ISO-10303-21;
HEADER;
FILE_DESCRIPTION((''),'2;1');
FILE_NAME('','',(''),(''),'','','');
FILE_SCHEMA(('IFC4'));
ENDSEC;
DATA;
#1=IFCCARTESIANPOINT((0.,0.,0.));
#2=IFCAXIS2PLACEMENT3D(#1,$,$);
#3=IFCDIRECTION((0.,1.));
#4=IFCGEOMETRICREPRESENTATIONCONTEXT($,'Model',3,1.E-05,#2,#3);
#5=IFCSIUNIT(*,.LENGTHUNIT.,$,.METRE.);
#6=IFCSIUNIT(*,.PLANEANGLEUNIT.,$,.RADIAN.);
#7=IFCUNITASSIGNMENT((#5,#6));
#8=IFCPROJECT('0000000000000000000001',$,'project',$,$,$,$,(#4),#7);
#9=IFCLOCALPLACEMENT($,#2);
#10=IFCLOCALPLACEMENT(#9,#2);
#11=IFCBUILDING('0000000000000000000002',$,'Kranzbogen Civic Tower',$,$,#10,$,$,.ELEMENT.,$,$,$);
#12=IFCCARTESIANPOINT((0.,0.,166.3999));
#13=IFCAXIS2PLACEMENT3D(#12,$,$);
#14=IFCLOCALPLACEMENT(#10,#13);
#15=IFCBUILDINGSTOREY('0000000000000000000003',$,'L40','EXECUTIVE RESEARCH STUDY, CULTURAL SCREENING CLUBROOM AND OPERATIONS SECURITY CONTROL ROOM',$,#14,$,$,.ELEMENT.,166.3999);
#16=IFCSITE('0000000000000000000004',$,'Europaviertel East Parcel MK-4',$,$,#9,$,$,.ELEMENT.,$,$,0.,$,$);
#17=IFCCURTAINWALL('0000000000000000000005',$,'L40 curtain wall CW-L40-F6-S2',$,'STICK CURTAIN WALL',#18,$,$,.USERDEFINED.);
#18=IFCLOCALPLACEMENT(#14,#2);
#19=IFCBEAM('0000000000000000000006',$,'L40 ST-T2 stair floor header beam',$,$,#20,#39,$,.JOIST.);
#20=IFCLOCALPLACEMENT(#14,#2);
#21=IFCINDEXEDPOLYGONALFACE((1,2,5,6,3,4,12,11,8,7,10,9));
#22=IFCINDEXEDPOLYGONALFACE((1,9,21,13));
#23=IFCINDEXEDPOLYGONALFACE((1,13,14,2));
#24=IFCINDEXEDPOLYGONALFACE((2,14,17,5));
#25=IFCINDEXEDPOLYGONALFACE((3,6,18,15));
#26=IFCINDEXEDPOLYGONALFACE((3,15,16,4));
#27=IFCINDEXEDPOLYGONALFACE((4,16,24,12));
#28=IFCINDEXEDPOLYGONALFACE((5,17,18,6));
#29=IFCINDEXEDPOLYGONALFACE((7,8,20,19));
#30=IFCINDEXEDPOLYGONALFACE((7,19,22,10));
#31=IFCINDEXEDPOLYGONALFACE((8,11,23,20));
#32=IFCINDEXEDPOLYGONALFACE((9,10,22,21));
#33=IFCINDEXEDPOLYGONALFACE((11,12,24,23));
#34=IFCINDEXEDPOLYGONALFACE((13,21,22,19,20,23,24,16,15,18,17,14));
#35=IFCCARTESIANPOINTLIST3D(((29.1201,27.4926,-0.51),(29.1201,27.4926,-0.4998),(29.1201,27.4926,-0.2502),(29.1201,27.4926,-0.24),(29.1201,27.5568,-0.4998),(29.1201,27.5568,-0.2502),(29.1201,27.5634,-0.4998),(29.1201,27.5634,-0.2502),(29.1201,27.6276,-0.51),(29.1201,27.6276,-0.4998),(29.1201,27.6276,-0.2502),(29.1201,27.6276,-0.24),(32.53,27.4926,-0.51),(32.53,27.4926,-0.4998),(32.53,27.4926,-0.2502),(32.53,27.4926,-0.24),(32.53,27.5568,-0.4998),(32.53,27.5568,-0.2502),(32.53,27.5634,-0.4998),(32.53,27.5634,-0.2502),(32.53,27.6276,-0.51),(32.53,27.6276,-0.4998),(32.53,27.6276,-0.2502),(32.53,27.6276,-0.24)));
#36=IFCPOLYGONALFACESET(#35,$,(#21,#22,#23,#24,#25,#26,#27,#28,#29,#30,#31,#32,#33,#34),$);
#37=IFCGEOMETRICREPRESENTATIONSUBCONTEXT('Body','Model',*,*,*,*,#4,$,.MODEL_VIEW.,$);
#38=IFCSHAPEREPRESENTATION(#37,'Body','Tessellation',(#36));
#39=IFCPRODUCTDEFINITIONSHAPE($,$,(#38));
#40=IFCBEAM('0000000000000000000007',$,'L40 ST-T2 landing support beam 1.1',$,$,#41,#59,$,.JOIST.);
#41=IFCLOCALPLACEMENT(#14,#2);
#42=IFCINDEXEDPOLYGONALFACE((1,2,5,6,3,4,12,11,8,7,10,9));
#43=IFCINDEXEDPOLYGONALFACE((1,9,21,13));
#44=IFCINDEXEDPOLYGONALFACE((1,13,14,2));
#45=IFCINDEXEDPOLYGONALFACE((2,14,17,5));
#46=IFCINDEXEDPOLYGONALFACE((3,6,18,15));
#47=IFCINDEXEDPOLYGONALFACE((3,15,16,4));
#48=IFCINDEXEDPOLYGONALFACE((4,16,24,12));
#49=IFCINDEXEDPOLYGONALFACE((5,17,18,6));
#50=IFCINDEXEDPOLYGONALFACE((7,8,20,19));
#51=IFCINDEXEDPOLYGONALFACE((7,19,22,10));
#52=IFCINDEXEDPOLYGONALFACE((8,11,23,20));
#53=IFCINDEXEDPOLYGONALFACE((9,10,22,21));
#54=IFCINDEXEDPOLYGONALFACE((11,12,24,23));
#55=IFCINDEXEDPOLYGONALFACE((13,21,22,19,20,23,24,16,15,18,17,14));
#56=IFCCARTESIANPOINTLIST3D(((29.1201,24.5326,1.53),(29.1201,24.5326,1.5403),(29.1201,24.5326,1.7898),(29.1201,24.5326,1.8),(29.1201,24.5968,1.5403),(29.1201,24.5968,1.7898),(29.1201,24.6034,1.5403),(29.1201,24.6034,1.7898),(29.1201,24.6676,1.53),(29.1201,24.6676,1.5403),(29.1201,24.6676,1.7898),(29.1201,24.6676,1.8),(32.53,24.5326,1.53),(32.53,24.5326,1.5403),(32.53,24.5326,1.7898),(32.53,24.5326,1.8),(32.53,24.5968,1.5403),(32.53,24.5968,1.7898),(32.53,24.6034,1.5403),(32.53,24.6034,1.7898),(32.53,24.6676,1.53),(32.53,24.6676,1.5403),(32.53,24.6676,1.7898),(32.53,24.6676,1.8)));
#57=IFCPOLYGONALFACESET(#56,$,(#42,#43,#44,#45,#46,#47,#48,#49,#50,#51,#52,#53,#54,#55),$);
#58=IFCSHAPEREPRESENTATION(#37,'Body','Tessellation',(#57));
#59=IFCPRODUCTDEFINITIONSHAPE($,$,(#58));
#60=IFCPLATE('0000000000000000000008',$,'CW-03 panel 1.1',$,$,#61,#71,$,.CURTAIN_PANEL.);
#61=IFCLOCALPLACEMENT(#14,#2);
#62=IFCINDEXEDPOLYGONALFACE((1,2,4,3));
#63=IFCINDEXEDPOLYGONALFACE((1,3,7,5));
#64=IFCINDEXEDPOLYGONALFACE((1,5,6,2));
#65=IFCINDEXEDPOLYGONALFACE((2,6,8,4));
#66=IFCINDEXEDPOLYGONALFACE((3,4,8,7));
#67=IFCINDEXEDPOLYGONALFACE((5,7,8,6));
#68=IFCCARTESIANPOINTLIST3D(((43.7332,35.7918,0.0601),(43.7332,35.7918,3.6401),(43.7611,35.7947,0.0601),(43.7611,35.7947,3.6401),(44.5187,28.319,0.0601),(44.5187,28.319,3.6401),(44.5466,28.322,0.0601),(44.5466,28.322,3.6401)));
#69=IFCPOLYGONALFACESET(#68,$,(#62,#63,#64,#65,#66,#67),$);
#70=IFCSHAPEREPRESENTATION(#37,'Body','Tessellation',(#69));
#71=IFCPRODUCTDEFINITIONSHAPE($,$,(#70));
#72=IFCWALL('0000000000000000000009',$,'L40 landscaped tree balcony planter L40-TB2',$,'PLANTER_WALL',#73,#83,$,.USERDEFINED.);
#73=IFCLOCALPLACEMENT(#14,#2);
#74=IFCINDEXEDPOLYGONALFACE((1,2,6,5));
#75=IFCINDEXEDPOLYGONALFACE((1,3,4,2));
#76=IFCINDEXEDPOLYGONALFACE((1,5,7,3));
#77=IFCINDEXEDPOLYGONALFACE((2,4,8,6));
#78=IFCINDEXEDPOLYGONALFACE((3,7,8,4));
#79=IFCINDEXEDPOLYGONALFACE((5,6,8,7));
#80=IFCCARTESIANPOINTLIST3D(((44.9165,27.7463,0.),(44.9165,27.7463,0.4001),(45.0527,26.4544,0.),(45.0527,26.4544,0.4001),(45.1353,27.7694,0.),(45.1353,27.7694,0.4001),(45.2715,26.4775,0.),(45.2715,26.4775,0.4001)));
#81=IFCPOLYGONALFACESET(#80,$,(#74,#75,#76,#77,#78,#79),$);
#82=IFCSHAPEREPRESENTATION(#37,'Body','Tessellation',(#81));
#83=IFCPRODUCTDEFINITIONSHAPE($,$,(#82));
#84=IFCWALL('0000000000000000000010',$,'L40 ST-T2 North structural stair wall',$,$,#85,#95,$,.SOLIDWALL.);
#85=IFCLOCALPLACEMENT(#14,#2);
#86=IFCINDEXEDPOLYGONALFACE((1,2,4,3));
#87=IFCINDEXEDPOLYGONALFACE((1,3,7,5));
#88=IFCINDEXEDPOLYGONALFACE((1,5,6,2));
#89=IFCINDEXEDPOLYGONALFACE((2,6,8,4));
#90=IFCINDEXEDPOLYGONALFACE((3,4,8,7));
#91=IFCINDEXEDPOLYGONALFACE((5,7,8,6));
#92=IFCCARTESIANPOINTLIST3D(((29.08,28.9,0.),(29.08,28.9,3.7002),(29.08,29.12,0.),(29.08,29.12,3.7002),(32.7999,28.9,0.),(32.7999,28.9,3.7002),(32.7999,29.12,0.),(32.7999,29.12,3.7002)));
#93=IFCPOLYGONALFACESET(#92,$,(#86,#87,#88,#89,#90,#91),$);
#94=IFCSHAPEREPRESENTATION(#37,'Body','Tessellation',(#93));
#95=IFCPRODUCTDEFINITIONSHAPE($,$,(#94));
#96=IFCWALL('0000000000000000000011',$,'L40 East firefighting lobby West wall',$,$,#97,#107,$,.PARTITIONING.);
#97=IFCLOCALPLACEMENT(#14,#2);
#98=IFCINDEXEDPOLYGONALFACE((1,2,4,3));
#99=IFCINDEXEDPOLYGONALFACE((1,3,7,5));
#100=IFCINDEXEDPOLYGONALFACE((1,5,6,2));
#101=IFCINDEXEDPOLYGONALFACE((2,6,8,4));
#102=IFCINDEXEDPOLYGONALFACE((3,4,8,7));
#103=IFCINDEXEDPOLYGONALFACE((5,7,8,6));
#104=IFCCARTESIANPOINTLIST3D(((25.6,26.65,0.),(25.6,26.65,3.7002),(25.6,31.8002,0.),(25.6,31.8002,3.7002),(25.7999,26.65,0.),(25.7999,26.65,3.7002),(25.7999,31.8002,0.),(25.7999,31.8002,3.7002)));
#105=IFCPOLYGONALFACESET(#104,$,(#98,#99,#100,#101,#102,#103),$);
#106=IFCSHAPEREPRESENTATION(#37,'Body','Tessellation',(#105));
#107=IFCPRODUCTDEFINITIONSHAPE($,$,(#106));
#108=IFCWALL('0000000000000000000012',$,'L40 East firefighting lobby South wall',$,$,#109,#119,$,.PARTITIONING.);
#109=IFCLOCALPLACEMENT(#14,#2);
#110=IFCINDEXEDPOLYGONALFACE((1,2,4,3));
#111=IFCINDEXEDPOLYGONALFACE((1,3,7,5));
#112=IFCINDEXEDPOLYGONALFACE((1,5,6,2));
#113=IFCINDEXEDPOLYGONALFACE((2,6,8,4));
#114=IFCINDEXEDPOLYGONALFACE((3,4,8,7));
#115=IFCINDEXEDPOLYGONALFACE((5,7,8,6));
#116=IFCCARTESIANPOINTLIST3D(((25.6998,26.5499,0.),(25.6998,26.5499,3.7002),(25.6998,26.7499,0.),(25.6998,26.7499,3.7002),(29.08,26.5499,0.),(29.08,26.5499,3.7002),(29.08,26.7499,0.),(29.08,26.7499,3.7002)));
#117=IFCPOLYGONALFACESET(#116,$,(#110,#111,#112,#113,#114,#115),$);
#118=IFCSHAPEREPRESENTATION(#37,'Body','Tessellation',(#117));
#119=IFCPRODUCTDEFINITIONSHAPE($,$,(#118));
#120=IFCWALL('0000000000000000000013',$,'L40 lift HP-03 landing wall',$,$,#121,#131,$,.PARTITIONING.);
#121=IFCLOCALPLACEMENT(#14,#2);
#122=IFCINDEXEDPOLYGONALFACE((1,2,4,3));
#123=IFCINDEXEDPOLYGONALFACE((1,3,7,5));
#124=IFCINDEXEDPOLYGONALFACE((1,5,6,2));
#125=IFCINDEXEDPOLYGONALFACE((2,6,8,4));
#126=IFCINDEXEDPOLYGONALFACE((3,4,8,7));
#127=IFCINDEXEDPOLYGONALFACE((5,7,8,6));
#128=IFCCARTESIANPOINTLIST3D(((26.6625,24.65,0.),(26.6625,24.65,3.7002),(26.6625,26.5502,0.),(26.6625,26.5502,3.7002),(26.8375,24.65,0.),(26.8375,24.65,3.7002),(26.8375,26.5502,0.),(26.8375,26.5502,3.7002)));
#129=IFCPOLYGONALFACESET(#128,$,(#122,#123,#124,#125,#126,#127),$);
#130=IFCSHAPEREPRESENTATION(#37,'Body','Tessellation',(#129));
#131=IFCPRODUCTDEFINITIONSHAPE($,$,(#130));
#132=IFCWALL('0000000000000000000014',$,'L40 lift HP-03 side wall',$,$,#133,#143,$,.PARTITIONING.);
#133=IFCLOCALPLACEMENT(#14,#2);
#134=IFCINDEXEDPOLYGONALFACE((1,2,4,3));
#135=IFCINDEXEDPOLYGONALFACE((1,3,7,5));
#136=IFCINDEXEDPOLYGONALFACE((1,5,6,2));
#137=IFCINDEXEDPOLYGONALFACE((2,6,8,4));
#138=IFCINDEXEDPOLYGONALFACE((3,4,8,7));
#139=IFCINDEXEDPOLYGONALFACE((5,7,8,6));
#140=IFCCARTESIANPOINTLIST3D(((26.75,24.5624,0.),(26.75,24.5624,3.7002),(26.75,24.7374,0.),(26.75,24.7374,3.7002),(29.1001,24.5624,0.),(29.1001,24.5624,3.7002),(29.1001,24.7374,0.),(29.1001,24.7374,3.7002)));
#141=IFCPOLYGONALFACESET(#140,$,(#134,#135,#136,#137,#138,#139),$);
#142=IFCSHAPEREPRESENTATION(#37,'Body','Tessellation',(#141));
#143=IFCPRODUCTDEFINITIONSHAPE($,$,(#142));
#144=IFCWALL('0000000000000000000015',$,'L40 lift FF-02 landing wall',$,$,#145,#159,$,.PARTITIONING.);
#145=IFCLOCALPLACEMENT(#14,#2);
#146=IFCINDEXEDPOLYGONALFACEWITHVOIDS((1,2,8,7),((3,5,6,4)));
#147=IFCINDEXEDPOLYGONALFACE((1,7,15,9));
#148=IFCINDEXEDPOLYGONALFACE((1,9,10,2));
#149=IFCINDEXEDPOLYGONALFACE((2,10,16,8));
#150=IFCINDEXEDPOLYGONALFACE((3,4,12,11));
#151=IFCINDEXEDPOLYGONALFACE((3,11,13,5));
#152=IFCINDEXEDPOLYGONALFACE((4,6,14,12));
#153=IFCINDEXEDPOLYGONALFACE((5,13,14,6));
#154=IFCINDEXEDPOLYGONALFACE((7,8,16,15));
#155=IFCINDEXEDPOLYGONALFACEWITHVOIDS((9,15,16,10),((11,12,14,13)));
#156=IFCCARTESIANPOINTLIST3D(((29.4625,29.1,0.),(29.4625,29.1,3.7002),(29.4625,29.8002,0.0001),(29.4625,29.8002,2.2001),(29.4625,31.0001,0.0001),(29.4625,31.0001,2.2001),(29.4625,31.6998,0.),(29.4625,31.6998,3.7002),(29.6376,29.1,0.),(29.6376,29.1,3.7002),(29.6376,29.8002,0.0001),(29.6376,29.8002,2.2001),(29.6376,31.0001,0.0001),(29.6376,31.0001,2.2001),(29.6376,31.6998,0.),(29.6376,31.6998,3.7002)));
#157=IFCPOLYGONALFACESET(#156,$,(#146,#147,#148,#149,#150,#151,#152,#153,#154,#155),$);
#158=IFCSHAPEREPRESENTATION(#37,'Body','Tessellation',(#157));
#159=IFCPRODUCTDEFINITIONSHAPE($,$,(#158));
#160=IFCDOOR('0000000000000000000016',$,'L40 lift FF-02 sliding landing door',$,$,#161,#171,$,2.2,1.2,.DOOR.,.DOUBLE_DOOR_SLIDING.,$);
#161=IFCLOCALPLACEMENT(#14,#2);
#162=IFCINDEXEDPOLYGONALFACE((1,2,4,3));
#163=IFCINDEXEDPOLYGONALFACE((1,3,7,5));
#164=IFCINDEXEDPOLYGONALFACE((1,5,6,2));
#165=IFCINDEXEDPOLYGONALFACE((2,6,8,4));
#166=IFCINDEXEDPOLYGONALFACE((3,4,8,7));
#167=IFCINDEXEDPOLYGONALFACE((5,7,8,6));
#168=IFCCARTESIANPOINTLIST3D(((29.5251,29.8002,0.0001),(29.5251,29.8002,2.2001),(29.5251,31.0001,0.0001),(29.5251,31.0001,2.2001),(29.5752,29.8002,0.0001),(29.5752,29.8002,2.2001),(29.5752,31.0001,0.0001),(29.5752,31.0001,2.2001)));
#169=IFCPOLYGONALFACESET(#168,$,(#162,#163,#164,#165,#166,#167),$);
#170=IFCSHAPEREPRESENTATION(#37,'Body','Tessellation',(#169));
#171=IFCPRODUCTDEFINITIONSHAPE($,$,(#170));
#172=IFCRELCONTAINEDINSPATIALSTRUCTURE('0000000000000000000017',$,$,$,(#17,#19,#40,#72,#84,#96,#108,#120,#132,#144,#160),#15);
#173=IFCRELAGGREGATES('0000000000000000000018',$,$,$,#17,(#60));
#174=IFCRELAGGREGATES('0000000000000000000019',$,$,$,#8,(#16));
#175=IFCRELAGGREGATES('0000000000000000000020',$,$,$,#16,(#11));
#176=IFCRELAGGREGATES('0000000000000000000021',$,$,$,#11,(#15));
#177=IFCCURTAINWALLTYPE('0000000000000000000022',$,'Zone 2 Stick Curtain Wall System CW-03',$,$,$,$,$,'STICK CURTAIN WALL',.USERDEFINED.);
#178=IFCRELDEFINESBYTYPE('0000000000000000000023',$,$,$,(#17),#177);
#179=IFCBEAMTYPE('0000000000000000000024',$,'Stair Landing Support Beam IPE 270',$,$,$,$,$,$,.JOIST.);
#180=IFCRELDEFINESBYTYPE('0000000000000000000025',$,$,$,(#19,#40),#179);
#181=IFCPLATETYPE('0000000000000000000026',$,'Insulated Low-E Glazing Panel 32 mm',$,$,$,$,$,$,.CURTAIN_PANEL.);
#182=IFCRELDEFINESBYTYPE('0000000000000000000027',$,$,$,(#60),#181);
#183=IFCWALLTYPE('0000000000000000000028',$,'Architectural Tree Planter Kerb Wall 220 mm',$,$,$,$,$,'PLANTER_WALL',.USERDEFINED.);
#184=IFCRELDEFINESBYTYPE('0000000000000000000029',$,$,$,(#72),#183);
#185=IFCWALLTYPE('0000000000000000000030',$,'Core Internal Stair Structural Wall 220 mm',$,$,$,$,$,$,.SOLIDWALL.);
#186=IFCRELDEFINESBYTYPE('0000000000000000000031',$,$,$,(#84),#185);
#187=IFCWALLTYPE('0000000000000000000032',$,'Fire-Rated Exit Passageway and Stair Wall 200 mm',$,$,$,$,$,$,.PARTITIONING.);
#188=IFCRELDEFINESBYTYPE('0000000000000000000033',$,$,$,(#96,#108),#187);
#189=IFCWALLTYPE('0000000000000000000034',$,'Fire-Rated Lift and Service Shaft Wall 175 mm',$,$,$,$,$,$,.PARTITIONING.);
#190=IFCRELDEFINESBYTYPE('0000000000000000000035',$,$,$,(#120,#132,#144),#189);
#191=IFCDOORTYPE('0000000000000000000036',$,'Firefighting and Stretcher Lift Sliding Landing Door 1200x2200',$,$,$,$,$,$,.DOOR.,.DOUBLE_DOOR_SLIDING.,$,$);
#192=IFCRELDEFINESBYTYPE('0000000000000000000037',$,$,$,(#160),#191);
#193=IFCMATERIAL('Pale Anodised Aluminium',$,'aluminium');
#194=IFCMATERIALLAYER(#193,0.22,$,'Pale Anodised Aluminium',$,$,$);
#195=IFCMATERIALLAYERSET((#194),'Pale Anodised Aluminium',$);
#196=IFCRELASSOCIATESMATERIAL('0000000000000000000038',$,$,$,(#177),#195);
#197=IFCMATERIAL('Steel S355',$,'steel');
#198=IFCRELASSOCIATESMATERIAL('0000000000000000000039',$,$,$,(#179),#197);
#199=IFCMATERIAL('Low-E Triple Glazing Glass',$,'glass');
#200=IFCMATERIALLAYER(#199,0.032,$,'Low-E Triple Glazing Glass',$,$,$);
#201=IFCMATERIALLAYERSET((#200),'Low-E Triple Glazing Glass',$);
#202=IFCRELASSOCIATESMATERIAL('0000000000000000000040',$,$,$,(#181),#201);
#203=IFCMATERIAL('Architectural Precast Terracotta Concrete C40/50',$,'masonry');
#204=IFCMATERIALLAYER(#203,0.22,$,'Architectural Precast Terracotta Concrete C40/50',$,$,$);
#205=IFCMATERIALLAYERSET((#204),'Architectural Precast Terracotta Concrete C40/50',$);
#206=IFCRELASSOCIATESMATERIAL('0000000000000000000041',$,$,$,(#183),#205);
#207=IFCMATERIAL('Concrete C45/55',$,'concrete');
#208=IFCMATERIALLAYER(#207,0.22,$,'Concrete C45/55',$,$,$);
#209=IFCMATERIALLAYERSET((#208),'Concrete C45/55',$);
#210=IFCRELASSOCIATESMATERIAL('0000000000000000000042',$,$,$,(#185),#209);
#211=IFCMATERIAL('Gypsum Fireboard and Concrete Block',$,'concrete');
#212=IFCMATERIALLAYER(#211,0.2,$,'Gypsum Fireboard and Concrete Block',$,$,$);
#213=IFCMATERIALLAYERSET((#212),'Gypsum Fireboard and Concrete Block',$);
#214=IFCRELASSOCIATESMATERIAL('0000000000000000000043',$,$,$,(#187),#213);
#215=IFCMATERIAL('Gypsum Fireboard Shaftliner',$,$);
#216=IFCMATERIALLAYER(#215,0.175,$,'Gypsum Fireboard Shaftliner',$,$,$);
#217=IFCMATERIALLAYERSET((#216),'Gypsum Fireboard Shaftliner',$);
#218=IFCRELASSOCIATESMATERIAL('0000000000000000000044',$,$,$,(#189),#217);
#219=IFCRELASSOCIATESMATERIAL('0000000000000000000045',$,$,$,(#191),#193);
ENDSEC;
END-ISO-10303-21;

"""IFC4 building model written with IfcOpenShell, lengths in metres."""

from ifc_helpers import new_model, si_unit, direction, frame, frame_2d, origin, origin_2d, place, context, subcontext, project, spatial, rectangle, i_section, extrude, material, layer, layer_set, material_profile, profile_set, type_object, element, fill, aggregate, save


model = new_model("IFC4")

# Units and contexts
model_context = context("Model", 3, precision=1e-05, world=origin(), true_north=direction((0.0, 1.0)))
body_context = subcontext(model_context, "Body", "Model", "MODEL_VIEW")
ifc_project = project(units=[si_unit("LENGTHUNIT", "METRE"), si_unit("PLANEANGLEUNIT", "RADIAN")], contexts=[model_context])

# Site, building, storey
site_placement = place(None, origin())
site = spatial("IfcSite", under=ifc_project, at=site_placement, Name="Europaviertel East Parcel MK-4", CompositionType="ELEMENT", RefElevation=0.0)
building_placement = place(site_placement, origin())
building = spatial("IfcBuilding", under=site, at=building_placement, Name="Kranzbogen Civic Tower", CompositionType="ELEMENT")
storey_placement = place(building_placement, frame((0.0, 0.0, 166.3999)))
storey = spatial("IfcBuildingStorey", under=building, at=storey_placement, Name="L40", Description="EXECUTIVE RESEARCH STUDY, CULTURAL SCREENING CLUBROOM AND OPERATIONS SECURITY CONTROL ROOM", CompositionType="ELEMENT", Elevation=166.3999)

# Shared definitions
ifc_material_1 = material(Name="Steel S355", Category="steel")

# Shared definitions
ifc_material_2 = material(Name="Pale Anodised Aluminium", Category="aluminium")
ifc_layer_1 = layer(ifc_material_2, 0.22, Name="Pale Anodised Aluminium")
ifc_layer_set_1 = layer_set([ifc_layer_1], Name="Pale Anodised Aluminium")
curtain_wall_type = type_object("IfcCurtainWallType", Name="Zone 2 Stick Curtain Wall System CW-03", ElementType="STICK CURTAIN WALL", PredefinedType="USERDEFINED", material=ifc_layer_set_1)

# Curtain wall
curtain_wall_1_placement = place(storey_placement, origin())
curtain_wall_1 = element("IfcCurtainWall", 1, at=curtain_wall_1_placement, inside=storey, type_object=curtain_wall_type, Name="L40 curtain wall CW-L40-F6-S2", ObjectType="STICK CURTAIN WALL", PredefinedType="USERDEFINED")

# Beams
ifc_material_profile_1 = material_profile(ifc_material_1, i_section(OverallWidth=0.135, OverallDepth=0.27, WebThickness=0.0066, FlangeThickness=0.0103, at=origin_2d()), Name="IPE 270")
ifc_profile_set_1 = profile_set([ifc_material_profile_1], Name="Steel S355")
beam_type_1 = type_object("IfcBeamType", Name="Stair Landing Support Beam IPE 270", PredefinedType="JOIST", material=ifc_profile_set_1)
for number, where, z_axis, x_axis, name in (
    (2, (29.1201, 27.5601, -0.375), (1.0, 0.0, 0.0), (0.0, 1.0, 0.0), "L40 ST-T2 stair floor header beam"),
    (3, (29.1201, 24.6001, 1.665), (1.0, 0.0, 0.0), (0.0, 1.0, 0.0), "L40 ST-T2 landing support beam 1.1"),
):
    element("IfcBeam", number, at=place(storey_placement, frame(where, z_axis=z_axis, x_axis=x_axis)), inside=storey, type_object=beam_type_1, Name=name, PredefinedType="JOIST", context=body_context, shape_type="SweptSolid", body=[
        extrude(i_section(OverallWidth=0.135, OverallDepth=0.27, WebThickness=0.0066, FlangeThickness=0.0103, at=origin_2d()), origin(), (0.0, 0.0, 1.0), 3.4099),
    ])

# Plate
ifc_material_3 = material(Name="Low-E Triple Glazing Glass", Category="glass")
ifc_layer_2 = layer(ifc_material_3, 0.032, Name="Low-E Triple Glazing Glass")
ifc_layer_set_2 = layer_set([ifc_layer_2], Name="Low-E Triple Glazing Glass")
plate_type = type_object("IfcPlateType", Name="Insulated Low-E Glazing Panel 32 mm", PredefinedType="CURTAIN_PANEL", material=ifc_layer_set_2)
plate_placement = place(storey_placement, frame((44.1399, 32.0569, 0.0601), z_axis=(0.0, 0.0, 1.0), x_axis=(-0.104535, 0.994521, 0.0)))
plate = element("IfcPlate", 4, at=plate_placement, type_object=plate_type, Name="CW-03 panel 1.1", PredefinedType="CURTAIN_PANEL", context=body_context, shape_type="SweptSolid", body=[
    extrude(rectangle(XDim=7.5139, YDim=0.0281, at=origin_2d()), origin(), (0.0, 0.0, 1.0), 3.5801),
])
aggregate(curtain_wall_1, [plate])

# Walls
ifc_material_4 = material(Name="Architectural Precast Terracotta Concrete C40/50", Category="masonry")
ifc_layer_3 = layer(ifc_material_4, 0.22, Name="Architectural Precast Terracotta Concrete C40/50")
ifc_layer_set_3 = layer_set([ifc_layer_3], Name="Architectural Precast Terracotta Concrete C40/50")
wall_type_1 = type_object("IfcWallType", Name="Architectural Tree Planter Kerb Wall 220 mm", ElementType="PLANTER_WALL", PredefinedType="USERDEFINED", material=ifc_layer_set_3)
wall_1_placement = place(storey_placement, frame((45.1621, 26.4661, 0.0), z_axis=(0.0, 0.0, 1.0), x_axis=(-0.104861, 0.994487, 0.0)))
element("IfcWall", 5, at=wall_1_placement, inside=storey, type_object=wall_type_1, Name="L40 landscaped tree balcony planter L40-TB2", ObjectType="PLANTER_WALL", PredefinedType="USERDEFINED", context=body_context, shape_type="SweptSolid", body=[
    extrude(rectangle(XDim=1.2991, YDim=0.22, at=frame_2d((0.6494, 0.0))), origin(), (0.0, 0.0, 1.0), 0.4001),
])
ifc_material_5 = material(Name="Concrete C45/55", Category="concrete")
ifc_layer_4 = layer(ifc_material_5, 0.22, Name="Concrete C45/55")
ifc_layer_set_4 = layer_set([ifc_layer_4], Name="Concrete C45/55")
wall_type_2 = type_object("IfcWallType", Name="Core Internal Stair Structural Wall 220 mm", PredefinedType="SOLIDWALL", material=ifc_layer_set_4)
wall_2_placement = place(storey_placement, frame((29.0801, 29.01, 0.0), z_axis=(0.0, 0.0, 1.0), x_axis=(1.0, 0.0, 0.0)))
element("IfcWall", 6, at=wall_2_placement, inside=storey, type_object=wall_type_2, Name="L40 ST-T2 North structural stair wall", PredefinedType="SOLIDWALL", context=body_context, shape_type="SweptSolid", body=[
    extrude(rectangle(XDim=3.72, YDim=0.22, at=frame_2d((1.8599, 0.0))), origin(), (0.0, 0.0, 1.0), 3.7002),
])
ifc_material_6 = material(Name="Gypsum Fireboard and Concrete Block", Category="concrete")
ifc_layer_5 = layer(ifc_material_6, 0.2, Name="Gypsum Fireboard and Concrete Block")
ifc_layer_set_5 = layer_set([ifc_layer_5], Name="Gypsum Fireboard and Concrete Block")
wall_type_3 = type_object("IfcWallType", Name="Fire-Rated Exit Passageway and Stair Wall 200 mm", PredefinedType="PARTITIONING", material=ifc_layer_set_5)
wall_3_placement = place(storey_placement, frame((25.7, 26.6499, 0.0), z_axis=(0.0, 0.0, 1.0), x_axis=(0.0, 1.0, 0.0)))
element("IfcWall", 7, at=wall_3_placement, inside=storey, type_object=wall_type_3, Name="L40 East firefighting lobby West wall", PredefinedType="PARTITIONING", context=body_context, shape_type="SweptSolid", body=[
    extrude(rectangle(XDim=5.1501, YDim=0.2, at=frame_2d((2.5752, 0.0))), origin(), (0.0, 0.0, 1.0), 3.7002),
])
wall_4_placement = place(storey_placement, frame((25.7, 26.6499, 0.0), z_axis=(0.0, 0.0, 1.0), x_axis=(1.0, 0.0, 0.0)))
element("IfcWall", 8, at=wall_4_placement, inside=storey, type_object=wall_type_3, Name="L40 East firefighting lobby South wall", PredefinedType="PARTITIONING", context=body_context, shape_type="SweptSolid", body=[
    extrude(rectangle(XDim=3.3801, YDim=0.2, at=frame_2d((1.6899, 0.0))), origin(), (0.0, 0.0, 1.0), 3.7002),
])
ifc_material_7 = material(Name="Gypsum Fireboard Shaftliner")
ifc_layer_6 = layer(ifc_material_7, 0.175, Name="Gypsum Fireboard Shaftliner")
ifc_layer_set_6 = layer_set([ifc_layer_6], Name="Gypsum Fireboard Shaftliner")
wall_type_4 = type_object("IfcWallType", Name="Fire-Rated Lift and Service Shaft Wall 175 mm", PredefinedType="PARTITIONING", material=ifc_layer_set_6)
wall_5_placement = place(storey_placement, frame((26.75, 24.6499, 0.0), z_axis=(0.0, 0.0, 1.0), x_axis=(0.0, 1.0, 0.0)))
element("IfcWall", 9, at=wall_5_placement, inside=storey, type_object=wall_type_4, Name="L40 lift HP-03 landing wall", PredefinedType="PARTITIONING", context=body_context, shape_type="SweptSolid", body=[
    extrude(rectangle(XDim=1.9001, YDim=0.175, at=frame_2d((0.9502, 0.0))), origin(), (0.0, 0.0, 1.0), 3.7002),
])
wall_6_placement = place(storey_placement, frame((26.75, 24.6499, 0.0), z_axis=(0.0, 0.0, 1.0), x_axis=(1.0, 0.0, 0.0)))
element("IfcWall", 10, at=wall_6_placement, inside=storey, type_object=wall_type_4, Name="L40 lift HP-03 side wall", PredefinedType="PARTITIONING", context=body_context, shape_type="SweptSolid", body=[
    extrude(rectangle(XDim=2.3501, YDim=0.175, at=frame_2d((1.175, 0.0))), origin(), (0.0, 0.0, 1.0), 3.7002),
])

# Wall, opening, door
wall_7_placement = place(storey_placement, frame((29.55, 29.1001, 0.0), z_axis=(0.0, 0.0, 1.0), x_axis=(0.0, 1.0, 0.0)))
wall_7 = element("IfcWall", 11, at=wall_7_placement, inside=storey, type_object=wall_type_4, Name="L40 lift FF-02 landing wall", PredefinedType="PARTITIONING", context=body_context, shape_type="SweptSolid", body=[
    extrude(rectangle(XDim=2.5999, YDim=0.175, at=frame_2d((1.2998, 0.0))), origin(), (0.0, 0.0, 1.0), 3.7002),
])
opening_1_placement = place(wall_7_placement, frame((0.7, 0.0, 0.0)))
opening_1 = element("IfcOpeningElement", 12, at=opening_1_placement, cuts=wall_7, PredefinedType="OPENING", context=body_context, shape_type="SweptSolid", body=[
    extrude(rectangle(XDim=1.2, YDim=2.2, at=frame_2d((0.6001, 1.1001))), frame((0.0, 0.0977, 0.0), z_axis=(0.0, -1.0, 0.0), x_axis=(1.0, 0.0, 0.0)), (0.0, 0.0, 1.0), 0.1951),
])
door_type_1 = type_object("IfcDoorType", Name="Firefighting and Stretcher Lift Sliding Landing Door 1200x2200", OperationType="DOUBLE_DOOR_SLIDING", PredefinedType="DOOR", material=ifc_material_2)
door_1_placement = place(opening_1_placement, origin())
door_1 = element("IfcDoor", 13, at=door_1_placement, inside=storey, type_object=door_type_1, Name="L40 lift FF-02 sliding landing door", OperationType="DOUBLE_DOOR_SLIDING", OverallHeight=2.2, OverallWidth=1.2, PredefinedType="DOOR", context=body_context, shape_type="SweptSolid", body=[
    extrude(rectangle(XDim=1.2, YDim=2.2, at=frame_2d((0.6001, 1.1001))), frame((0.0, 0.0249, 0.0), z_axis=(0.0, -1.0, 0.0), x_axis=(1.0, 0.0, 0.0)), (0.0, 0.0, 1.0), 0.05),
])
fill(opening_1, door_1)

save(model, "model.ifc")
